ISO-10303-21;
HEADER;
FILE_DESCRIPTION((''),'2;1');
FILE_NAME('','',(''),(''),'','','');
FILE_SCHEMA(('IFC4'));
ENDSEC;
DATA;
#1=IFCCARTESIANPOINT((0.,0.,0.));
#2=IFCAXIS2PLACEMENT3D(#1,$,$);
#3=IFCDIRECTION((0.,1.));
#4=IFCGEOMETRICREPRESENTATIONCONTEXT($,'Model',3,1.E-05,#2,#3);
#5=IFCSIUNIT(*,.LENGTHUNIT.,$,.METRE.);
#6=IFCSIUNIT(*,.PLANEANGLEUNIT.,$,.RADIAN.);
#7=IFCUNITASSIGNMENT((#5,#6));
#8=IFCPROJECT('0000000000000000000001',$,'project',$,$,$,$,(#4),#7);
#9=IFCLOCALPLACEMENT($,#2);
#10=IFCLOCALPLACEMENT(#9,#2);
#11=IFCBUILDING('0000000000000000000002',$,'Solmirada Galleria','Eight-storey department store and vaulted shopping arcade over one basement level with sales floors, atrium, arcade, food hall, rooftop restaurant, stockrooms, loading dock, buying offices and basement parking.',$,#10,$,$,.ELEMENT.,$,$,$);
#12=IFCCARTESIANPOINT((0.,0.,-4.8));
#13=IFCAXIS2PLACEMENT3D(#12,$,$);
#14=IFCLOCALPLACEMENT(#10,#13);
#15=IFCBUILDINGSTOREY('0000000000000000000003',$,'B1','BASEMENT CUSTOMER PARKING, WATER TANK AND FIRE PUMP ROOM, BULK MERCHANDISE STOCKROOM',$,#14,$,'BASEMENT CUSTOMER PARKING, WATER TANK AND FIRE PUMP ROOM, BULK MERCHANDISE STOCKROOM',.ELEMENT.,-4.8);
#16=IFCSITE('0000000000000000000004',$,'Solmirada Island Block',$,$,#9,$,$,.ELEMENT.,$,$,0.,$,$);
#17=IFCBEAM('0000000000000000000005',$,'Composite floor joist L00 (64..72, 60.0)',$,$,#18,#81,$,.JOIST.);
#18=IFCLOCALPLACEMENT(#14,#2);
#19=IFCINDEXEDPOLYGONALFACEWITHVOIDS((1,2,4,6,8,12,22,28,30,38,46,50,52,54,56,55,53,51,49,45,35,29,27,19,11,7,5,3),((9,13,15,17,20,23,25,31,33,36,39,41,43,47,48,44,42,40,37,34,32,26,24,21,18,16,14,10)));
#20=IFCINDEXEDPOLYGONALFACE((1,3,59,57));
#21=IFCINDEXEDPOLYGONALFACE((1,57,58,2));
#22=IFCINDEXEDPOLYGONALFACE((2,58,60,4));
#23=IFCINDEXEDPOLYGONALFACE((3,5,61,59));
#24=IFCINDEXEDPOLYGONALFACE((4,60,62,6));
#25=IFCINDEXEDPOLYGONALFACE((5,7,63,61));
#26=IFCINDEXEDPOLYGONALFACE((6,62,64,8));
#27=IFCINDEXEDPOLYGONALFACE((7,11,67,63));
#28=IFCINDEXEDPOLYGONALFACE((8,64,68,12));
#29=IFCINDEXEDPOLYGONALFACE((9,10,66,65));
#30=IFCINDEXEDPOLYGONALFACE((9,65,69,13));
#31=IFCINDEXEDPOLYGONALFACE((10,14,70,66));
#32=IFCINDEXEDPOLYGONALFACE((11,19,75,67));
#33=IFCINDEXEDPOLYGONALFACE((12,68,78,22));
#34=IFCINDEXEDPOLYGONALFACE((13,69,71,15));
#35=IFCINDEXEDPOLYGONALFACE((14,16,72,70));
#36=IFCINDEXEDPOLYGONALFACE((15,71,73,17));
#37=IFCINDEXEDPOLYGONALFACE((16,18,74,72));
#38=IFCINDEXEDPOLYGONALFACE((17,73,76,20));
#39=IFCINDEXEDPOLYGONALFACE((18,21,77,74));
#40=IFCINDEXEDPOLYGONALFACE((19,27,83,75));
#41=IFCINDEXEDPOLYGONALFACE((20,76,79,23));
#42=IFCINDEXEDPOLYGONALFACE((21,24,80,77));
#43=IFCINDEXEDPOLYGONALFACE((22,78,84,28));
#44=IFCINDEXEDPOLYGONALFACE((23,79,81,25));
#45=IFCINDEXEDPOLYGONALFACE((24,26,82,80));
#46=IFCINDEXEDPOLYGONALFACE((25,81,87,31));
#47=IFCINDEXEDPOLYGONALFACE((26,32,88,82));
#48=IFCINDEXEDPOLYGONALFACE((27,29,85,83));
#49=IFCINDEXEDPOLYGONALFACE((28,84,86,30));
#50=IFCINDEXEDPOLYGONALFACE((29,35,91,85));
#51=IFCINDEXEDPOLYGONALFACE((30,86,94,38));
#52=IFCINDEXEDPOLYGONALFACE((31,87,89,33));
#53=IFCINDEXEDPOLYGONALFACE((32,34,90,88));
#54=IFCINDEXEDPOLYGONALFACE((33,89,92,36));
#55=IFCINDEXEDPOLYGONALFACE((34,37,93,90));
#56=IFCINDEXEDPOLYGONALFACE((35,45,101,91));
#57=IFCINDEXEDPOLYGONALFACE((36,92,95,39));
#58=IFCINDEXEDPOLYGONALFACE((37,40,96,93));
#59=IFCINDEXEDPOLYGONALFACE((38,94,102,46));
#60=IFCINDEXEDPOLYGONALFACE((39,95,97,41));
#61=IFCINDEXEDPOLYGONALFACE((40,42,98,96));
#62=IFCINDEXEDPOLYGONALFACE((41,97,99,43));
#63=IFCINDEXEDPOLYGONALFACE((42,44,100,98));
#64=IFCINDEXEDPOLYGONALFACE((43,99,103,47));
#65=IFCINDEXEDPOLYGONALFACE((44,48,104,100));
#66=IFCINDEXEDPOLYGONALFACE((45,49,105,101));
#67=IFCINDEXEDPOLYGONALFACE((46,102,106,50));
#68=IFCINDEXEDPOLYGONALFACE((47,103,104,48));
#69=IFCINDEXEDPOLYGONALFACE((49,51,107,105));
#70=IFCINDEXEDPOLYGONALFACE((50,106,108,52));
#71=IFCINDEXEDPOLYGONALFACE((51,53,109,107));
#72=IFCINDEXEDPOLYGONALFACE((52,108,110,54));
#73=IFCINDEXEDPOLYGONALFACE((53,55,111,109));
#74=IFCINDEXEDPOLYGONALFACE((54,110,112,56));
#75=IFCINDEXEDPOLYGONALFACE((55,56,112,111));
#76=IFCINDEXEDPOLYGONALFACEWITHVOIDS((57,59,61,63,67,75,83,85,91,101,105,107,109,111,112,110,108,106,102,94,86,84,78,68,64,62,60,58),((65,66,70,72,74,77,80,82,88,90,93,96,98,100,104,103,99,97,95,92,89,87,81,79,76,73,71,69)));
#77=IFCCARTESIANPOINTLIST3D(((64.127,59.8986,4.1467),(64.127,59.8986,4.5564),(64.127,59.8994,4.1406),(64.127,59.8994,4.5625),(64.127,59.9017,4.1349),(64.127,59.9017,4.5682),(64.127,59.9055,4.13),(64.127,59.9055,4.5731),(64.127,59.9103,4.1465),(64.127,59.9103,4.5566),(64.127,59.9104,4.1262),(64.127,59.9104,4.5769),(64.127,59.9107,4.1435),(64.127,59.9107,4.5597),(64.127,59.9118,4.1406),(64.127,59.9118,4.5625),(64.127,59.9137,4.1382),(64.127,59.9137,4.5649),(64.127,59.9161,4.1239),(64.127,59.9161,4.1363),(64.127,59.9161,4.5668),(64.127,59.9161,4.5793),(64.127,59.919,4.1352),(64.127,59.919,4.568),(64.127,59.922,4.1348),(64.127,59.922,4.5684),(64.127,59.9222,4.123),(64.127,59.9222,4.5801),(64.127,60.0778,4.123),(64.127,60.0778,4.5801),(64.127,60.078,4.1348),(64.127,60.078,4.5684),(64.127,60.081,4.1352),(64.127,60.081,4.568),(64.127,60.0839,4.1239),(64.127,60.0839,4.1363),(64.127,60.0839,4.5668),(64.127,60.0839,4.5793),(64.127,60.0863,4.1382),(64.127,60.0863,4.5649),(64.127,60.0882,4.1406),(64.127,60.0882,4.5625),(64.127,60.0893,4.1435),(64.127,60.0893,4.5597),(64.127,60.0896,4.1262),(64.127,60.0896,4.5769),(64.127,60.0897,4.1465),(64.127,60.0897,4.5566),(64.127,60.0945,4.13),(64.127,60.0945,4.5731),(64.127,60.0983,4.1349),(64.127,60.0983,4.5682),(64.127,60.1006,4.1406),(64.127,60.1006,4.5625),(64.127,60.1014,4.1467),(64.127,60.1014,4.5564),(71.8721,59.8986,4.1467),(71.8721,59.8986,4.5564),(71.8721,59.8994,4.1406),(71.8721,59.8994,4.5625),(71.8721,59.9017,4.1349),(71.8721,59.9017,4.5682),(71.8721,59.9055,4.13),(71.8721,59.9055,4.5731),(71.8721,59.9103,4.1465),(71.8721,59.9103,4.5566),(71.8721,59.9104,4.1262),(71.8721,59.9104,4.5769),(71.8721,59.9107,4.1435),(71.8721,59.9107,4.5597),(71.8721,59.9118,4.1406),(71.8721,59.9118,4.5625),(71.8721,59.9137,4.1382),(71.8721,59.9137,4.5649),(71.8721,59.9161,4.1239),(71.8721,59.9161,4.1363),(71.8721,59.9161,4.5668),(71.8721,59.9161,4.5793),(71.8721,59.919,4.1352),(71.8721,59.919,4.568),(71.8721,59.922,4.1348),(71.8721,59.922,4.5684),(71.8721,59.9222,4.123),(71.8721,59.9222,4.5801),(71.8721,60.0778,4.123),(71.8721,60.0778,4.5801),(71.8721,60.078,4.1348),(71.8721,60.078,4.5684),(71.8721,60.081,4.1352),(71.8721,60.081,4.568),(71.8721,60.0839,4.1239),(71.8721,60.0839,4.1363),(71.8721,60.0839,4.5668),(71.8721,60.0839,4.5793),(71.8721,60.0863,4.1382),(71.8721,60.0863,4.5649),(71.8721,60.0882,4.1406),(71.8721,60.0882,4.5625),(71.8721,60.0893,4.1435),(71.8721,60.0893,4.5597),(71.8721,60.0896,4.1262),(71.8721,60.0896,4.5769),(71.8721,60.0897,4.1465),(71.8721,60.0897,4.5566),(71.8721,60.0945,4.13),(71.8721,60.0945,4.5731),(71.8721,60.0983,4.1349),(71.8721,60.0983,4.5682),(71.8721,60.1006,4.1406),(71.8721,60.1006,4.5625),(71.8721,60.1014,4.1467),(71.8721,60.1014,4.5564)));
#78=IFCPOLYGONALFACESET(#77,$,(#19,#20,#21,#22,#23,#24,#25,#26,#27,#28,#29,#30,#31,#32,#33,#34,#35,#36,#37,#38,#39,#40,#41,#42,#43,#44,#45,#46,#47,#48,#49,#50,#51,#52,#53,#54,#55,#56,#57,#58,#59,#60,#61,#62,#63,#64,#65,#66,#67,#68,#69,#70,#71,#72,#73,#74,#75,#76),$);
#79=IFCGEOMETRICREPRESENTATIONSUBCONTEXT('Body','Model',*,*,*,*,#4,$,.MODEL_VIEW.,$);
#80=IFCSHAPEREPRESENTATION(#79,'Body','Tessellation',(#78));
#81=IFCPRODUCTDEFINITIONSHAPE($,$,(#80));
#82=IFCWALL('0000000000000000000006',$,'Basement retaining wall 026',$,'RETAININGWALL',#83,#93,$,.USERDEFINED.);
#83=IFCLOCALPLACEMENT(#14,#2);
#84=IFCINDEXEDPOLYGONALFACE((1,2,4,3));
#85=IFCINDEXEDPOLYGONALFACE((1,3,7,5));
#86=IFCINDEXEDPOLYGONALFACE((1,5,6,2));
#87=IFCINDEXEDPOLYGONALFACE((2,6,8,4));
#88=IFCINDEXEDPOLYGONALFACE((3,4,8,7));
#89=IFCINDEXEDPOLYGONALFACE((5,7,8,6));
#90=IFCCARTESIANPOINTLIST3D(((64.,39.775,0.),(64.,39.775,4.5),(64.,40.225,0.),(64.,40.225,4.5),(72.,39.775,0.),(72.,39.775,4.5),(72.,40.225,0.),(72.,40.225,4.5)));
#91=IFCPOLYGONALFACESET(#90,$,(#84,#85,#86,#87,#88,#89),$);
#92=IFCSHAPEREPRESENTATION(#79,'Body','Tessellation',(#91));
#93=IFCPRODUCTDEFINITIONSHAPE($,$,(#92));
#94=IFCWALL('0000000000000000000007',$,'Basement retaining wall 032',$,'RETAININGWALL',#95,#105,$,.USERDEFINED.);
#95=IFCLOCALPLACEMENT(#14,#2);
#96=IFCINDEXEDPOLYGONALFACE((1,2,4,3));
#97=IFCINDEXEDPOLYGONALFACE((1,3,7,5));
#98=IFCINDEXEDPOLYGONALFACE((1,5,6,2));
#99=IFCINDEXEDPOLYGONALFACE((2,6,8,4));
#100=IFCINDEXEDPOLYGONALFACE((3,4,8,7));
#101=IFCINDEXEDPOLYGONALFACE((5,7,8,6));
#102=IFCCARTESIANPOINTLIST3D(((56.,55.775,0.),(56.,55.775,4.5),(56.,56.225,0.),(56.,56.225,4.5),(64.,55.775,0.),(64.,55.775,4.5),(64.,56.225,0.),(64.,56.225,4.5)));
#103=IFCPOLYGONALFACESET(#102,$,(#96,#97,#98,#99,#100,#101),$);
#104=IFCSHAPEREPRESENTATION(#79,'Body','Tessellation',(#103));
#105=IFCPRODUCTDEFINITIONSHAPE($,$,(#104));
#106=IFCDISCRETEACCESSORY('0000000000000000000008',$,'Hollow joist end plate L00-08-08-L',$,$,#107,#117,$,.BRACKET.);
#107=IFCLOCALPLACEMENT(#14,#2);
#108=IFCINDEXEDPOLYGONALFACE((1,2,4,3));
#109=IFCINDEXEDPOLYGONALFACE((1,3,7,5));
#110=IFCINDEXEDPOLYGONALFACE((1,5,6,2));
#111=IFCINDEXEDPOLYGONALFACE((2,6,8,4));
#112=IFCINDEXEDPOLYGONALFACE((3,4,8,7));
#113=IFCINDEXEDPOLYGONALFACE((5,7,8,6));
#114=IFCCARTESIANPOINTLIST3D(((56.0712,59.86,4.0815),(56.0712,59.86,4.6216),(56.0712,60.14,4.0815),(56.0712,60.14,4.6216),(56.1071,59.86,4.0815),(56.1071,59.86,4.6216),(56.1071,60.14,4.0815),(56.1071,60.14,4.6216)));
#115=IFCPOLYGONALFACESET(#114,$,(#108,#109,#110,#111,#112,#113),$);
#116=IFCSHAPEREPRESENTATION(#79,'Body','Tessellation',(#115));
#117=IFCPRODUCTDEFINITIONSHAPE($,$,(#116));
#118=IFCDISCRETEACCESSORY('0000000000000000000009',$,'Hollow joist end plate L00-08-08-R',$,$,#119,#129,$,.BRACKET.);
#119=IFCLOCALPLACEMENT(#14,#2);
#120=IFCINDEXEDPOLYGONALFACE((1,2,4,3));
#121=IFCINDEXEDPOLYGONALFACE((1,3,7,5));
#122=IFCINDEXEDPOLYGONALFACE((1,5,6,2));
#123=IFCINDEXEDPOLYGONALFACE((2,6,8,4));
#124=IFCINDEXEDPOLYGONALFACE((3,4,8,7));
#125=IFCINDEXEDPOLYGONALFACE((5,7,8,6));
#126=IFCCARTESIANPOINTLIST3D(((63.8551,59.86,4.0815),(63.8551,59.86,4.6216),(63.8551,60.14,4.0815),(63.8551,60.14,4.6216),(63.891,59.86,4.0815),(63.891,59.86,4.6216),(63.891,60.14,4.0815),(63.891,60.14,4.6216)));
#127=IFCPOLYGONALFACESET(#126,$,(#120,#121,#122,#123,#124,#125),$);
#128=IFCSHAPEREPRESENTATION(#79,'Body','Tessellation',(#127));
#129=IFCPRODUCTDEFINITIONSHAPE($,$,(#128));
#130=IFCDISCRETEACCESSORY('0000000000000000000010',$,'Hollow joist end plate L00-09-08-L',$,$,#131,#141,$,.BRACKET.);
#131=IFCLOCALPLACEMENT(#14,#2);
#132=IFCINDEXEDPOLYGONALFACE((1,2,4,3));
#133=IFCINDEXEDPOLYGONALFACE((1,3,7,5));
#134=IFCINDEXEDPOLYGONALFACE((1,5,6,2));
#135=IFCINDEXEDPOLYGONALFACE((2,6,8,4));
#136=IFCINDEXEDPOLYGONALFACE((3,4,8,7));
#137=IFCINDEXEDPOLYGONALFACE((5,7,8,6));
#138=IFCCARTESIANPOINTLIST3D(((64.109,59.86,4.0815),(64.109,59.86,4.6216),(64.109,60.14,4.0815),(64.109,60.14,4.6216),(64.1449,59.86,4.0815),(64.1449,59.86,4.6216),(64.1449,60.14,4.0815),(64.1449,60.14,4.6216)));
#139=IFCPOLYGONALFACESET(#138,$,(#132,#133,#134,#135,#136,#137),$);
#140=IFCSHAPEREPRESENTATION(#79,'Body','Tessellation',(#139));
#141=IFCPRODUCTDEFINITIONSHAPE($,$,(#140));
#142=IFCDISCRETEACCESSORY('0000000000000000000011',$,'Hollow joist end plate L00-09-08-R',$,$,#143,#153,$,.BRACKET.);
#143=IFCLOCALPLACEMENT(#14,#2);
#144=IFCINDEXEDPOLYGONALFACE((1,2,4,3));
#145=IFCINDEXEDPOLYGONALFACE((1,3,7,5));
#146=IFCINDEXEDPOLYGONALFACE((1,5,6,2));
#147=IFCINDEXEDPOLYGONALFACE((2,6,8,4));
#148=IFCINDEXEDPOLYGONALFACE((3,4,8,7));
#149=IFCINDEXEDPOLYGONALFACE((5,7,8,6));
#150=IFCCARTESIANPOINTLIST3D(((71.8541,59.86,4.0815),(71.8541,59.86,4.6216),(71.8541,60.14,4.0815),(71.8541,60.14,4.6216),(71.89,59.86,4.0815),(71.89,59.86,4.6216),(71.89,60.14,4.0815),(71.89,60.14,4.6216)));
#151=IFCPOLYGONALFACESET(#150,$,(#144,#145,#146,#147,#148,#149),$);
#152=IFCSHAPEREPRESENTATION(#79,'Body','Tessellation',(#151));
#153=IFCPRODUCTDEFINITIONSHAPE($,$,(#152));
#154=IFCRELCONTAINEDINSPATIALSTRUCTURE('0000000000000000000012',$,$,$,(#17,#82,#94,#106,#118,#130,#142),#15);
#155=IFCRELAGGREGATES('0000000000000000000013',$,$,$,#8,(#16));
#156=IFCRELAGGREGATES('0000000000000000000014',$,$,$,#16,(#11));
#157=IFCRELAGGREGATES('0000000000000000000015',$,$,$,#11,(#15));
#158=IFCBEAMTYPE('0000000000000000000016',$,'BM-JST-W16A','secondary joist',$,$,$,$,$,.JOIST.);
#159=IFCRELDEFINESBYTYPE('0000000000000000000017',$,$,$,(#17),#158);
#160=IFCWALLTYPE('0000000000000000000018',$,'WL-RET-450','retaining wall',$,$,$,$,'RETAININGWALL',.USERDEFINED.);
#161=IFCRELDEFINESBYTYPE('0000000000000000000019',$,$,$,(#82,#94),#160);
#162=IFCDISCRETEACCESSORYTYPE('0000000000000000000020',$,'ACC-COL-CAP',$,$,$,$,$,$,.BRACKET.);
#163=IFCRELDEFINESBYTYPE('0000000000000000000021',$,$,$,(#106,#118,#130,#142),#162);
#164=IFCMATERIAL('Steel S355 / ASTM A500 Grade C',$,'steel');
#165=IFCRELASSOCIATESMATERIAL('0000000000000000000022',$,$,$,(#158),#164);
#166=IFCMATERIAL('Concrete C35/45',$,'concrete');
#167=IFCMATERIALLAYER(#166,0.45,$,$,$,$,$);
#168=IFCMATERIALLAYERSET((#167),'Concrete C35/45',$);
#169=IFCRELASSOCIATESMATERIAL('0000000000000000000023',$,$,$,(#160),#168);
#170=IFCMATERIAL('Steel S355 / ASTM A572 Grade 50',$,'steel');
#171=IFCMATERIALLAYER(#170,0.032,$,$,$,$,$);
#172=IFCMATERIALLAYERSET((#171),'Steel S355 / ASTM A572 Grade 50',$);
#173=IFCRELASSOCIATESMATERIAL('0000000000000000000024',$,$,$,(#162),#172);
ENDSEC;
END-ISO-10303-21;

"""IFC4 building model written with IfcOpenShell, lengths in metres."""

from ifc_helpers import new_model, si_unit, direction, frame, frame_2d, origin, origin_2d, place, context, subcontext, project, spatial, rectangle, hollow_rectangle, extrude, material, layer, layer_set, material_profile, profile_set, type_object, element, save


model = new_model("IFC4")

# Units and contexts
model_context = context("Model", 3, precision=1e-05, world=origin(), true_north=direction((0.0, 1.0)))
body_context = subcontext(model_context, "Body", "Model", "MODEL_VIEW")
ifc_project = project(units=[si_unit("LENGTHUNIT", "METRE"), si_unit("PLANEANGLEUNIT", "RADIAN")], contexts=[model_context])

# Site, building, storey
site_placement = place(None, origin())
site = spatial("IfcSite", under=ifc_project, at=site_placement, Name="Solmirada Island Block", CompositionType="ELEMENT", RefElevation=0.0)
building_placement = place(site_placement, origin())
building = spatial("IfcBuilding", under=site, at=building_placement, Name="Solmirada Galleria", Description="Eight-storey department store and vaulted shopping arcade over one basement level with sales floors, atrium, arcade, food hall, rooftop restaurant, stockrooms, loading dock, buying offices and basement parking.", CompositionType="ELEMENT")
storey_placement = place(building_placement, frame((0.0, 0.0, -4.8)))
storey = spatial("IfcBuildingStorey", under=building, at=storey_placement, Name="B1", Description="BASEMENT CUSTOMER PARKING, WATER TANK AND FIRE PUMP ROOM, BULK MERCHANDISE STOCKROOM", LongName="BASEMENT CUSTOMER PARKING, WATER TANK AND FIRE PUMP ROOM, BULK MERCHANDISE STOCKROOM", CompositionType="ELEMENT", Elevation=-4.8)

# Shared definitions
ifc_material_1 = material(Name="Concrete C35/45", Category="concrete")

# Shared definitions
ifc_material_2 = material(Name="Steel S355 / ASTM A500 Grade C", Category="steel")

# Beam
ifc_material_profile_1 = material_profile(ifc_material_2, hollow_rectangle(XDim=0.2029, YDim=0.457, WallThickness=0.0117, InnerFilletRadius=0.0117, OuterFilletRadius=0.0237, at=origin_2d()), Name="HSS18X8X1/2")
ifc_profile_set_1 = profile_set([ifc_material_profile_1], Name="Steel S355 / ASTM A500 Grade C")
beam_type_1 = type_object("IfcBeamType", Name="BM-JST-W16A", Description="secondary joist", PredefinedType="JOIST", material=ifc_profile_set_1)
beam_1_placement = place(storey_placement, frame((64.127, 60.0, 4.3516), z_axis=(1.0, 0.0, 0.0), x_axis=(0.0, 1.0, 0.0)))
element("IfcBeam", 1, at=beam_1_placement, inside=storey, type_object=beam_type_1, Name="Composite floor joist L00 (64..72, 60.0)", PredefinedType="JOIST", context=body_context, shape_type="SweptSolid", body=[
    extrude(hollow_rectangle(XDim=0.2029, YDim=0.457, WallThickness=0.0117, InnerFilletRadius=0.0117, OuterFilletRadius=0.0237, at=origin_2d()), origin(), (0.0, 0.0, 1.0), 7.7451),
])

# Walls
ifc_layer_1 = layer(ifc_material_1, 0.45)
ifc_layer_set_1 = layer_set([ifc_layer_1], Name="Concrete C35/45")
wall_type = type_object("IfcWallType", Name="WL-RET-450", Description="retaining wall", ElementType="RETAININGWALL", PredefinedType="USERDEFINED", material=ifc_layer_set_1)
for number, where, z_axis, x_axis, name in (
    (2, (64.0, 40.0, 0.0), (0.0, 0.0, 1.0), (1.0, 0.0, 0.0), "Basement retaining wall 026"),
    (3, (64.0, 56.0, 0.0), (0.0, 0.0, 1.0), (-1.0, 0.0, 0.0), "Basement retaining wall 032"),
):
    element("IfcWall", number, at=place(storey_placement, frame(where, z_axis=z_axis, x_axis=x_axis)), inside=storey, type_object=wall_type, Name=name, ObjectType="RETAININGWALL", PredefinedType="USERDEFINED", context=body_context, shape_type="SweptSolid", body=[
        extrude(rectangle(XDim=8.0, YDim=0.45, at=frame_2d((4.0, 0.0))), origin(), (0.0, 0.0, 1.0), 4.5),
    ])

# Discrete accessories
ifc_material_3 = material(Name="Steel S355 / ASTM A572 Grade 50", Category="steel")
ifc_layer_2 = layer(ifc_material_3, 0.032)
ifc_layer_set_2 = layer_set([ifc_layer_2], Name="Steel S355 / ASTM A572 Grade 50")
discrete_accessory_type = type_object("IfcDiscreteAccessoryType", Name="ACC-COL-CAP", PredefinedType="BRACKET", material=ifc_layer_set_2)
for number, where, z_axis, x_axis, name in (
    (4, (56.0891, 60.0, 4.0815), (0.0, 0.0, 1.0), (1.0, 0.0, 0.0), "Hollow joist end plate L00-08-08-L"),
    (5, (63.873, 60.0, 4.0815), (0.0, 0.0, 1.0), (1.0, 0.0, 0.0), "Hollow joist end plate L00-08-08-R"),
    (6, (64.127, 60.0, 4.0815), (0.0, 0.0, 1.0), (1.0, 0.0, 0.0), "Hollow joist end plate L00-09-08-L"),
    (7, (71.8721, 60.0, 4.0815), (0.0, 0.0, 1.0), (1.0, 0.0, 0.0), "Hollow joist end plate L00-09-08-R"),
):
    element("IfcDiscreteAccessory", number, at=place(storey_placement, frame(where, z_axis=z_axis, x_axis=x_axis)), inside=storey, type_object=discrete_accessory_type, Name=name, PredefinedType="BRACKET", context=body_context, shape_type="SweptSolid", body=[
        extrude(rectangle(XDim=0.0359, YDim=0.28, at=origin_2d()), origin(), (0.0, 0.0, 1.0), 0.54),
    ])

save(model, "model.ifc")
